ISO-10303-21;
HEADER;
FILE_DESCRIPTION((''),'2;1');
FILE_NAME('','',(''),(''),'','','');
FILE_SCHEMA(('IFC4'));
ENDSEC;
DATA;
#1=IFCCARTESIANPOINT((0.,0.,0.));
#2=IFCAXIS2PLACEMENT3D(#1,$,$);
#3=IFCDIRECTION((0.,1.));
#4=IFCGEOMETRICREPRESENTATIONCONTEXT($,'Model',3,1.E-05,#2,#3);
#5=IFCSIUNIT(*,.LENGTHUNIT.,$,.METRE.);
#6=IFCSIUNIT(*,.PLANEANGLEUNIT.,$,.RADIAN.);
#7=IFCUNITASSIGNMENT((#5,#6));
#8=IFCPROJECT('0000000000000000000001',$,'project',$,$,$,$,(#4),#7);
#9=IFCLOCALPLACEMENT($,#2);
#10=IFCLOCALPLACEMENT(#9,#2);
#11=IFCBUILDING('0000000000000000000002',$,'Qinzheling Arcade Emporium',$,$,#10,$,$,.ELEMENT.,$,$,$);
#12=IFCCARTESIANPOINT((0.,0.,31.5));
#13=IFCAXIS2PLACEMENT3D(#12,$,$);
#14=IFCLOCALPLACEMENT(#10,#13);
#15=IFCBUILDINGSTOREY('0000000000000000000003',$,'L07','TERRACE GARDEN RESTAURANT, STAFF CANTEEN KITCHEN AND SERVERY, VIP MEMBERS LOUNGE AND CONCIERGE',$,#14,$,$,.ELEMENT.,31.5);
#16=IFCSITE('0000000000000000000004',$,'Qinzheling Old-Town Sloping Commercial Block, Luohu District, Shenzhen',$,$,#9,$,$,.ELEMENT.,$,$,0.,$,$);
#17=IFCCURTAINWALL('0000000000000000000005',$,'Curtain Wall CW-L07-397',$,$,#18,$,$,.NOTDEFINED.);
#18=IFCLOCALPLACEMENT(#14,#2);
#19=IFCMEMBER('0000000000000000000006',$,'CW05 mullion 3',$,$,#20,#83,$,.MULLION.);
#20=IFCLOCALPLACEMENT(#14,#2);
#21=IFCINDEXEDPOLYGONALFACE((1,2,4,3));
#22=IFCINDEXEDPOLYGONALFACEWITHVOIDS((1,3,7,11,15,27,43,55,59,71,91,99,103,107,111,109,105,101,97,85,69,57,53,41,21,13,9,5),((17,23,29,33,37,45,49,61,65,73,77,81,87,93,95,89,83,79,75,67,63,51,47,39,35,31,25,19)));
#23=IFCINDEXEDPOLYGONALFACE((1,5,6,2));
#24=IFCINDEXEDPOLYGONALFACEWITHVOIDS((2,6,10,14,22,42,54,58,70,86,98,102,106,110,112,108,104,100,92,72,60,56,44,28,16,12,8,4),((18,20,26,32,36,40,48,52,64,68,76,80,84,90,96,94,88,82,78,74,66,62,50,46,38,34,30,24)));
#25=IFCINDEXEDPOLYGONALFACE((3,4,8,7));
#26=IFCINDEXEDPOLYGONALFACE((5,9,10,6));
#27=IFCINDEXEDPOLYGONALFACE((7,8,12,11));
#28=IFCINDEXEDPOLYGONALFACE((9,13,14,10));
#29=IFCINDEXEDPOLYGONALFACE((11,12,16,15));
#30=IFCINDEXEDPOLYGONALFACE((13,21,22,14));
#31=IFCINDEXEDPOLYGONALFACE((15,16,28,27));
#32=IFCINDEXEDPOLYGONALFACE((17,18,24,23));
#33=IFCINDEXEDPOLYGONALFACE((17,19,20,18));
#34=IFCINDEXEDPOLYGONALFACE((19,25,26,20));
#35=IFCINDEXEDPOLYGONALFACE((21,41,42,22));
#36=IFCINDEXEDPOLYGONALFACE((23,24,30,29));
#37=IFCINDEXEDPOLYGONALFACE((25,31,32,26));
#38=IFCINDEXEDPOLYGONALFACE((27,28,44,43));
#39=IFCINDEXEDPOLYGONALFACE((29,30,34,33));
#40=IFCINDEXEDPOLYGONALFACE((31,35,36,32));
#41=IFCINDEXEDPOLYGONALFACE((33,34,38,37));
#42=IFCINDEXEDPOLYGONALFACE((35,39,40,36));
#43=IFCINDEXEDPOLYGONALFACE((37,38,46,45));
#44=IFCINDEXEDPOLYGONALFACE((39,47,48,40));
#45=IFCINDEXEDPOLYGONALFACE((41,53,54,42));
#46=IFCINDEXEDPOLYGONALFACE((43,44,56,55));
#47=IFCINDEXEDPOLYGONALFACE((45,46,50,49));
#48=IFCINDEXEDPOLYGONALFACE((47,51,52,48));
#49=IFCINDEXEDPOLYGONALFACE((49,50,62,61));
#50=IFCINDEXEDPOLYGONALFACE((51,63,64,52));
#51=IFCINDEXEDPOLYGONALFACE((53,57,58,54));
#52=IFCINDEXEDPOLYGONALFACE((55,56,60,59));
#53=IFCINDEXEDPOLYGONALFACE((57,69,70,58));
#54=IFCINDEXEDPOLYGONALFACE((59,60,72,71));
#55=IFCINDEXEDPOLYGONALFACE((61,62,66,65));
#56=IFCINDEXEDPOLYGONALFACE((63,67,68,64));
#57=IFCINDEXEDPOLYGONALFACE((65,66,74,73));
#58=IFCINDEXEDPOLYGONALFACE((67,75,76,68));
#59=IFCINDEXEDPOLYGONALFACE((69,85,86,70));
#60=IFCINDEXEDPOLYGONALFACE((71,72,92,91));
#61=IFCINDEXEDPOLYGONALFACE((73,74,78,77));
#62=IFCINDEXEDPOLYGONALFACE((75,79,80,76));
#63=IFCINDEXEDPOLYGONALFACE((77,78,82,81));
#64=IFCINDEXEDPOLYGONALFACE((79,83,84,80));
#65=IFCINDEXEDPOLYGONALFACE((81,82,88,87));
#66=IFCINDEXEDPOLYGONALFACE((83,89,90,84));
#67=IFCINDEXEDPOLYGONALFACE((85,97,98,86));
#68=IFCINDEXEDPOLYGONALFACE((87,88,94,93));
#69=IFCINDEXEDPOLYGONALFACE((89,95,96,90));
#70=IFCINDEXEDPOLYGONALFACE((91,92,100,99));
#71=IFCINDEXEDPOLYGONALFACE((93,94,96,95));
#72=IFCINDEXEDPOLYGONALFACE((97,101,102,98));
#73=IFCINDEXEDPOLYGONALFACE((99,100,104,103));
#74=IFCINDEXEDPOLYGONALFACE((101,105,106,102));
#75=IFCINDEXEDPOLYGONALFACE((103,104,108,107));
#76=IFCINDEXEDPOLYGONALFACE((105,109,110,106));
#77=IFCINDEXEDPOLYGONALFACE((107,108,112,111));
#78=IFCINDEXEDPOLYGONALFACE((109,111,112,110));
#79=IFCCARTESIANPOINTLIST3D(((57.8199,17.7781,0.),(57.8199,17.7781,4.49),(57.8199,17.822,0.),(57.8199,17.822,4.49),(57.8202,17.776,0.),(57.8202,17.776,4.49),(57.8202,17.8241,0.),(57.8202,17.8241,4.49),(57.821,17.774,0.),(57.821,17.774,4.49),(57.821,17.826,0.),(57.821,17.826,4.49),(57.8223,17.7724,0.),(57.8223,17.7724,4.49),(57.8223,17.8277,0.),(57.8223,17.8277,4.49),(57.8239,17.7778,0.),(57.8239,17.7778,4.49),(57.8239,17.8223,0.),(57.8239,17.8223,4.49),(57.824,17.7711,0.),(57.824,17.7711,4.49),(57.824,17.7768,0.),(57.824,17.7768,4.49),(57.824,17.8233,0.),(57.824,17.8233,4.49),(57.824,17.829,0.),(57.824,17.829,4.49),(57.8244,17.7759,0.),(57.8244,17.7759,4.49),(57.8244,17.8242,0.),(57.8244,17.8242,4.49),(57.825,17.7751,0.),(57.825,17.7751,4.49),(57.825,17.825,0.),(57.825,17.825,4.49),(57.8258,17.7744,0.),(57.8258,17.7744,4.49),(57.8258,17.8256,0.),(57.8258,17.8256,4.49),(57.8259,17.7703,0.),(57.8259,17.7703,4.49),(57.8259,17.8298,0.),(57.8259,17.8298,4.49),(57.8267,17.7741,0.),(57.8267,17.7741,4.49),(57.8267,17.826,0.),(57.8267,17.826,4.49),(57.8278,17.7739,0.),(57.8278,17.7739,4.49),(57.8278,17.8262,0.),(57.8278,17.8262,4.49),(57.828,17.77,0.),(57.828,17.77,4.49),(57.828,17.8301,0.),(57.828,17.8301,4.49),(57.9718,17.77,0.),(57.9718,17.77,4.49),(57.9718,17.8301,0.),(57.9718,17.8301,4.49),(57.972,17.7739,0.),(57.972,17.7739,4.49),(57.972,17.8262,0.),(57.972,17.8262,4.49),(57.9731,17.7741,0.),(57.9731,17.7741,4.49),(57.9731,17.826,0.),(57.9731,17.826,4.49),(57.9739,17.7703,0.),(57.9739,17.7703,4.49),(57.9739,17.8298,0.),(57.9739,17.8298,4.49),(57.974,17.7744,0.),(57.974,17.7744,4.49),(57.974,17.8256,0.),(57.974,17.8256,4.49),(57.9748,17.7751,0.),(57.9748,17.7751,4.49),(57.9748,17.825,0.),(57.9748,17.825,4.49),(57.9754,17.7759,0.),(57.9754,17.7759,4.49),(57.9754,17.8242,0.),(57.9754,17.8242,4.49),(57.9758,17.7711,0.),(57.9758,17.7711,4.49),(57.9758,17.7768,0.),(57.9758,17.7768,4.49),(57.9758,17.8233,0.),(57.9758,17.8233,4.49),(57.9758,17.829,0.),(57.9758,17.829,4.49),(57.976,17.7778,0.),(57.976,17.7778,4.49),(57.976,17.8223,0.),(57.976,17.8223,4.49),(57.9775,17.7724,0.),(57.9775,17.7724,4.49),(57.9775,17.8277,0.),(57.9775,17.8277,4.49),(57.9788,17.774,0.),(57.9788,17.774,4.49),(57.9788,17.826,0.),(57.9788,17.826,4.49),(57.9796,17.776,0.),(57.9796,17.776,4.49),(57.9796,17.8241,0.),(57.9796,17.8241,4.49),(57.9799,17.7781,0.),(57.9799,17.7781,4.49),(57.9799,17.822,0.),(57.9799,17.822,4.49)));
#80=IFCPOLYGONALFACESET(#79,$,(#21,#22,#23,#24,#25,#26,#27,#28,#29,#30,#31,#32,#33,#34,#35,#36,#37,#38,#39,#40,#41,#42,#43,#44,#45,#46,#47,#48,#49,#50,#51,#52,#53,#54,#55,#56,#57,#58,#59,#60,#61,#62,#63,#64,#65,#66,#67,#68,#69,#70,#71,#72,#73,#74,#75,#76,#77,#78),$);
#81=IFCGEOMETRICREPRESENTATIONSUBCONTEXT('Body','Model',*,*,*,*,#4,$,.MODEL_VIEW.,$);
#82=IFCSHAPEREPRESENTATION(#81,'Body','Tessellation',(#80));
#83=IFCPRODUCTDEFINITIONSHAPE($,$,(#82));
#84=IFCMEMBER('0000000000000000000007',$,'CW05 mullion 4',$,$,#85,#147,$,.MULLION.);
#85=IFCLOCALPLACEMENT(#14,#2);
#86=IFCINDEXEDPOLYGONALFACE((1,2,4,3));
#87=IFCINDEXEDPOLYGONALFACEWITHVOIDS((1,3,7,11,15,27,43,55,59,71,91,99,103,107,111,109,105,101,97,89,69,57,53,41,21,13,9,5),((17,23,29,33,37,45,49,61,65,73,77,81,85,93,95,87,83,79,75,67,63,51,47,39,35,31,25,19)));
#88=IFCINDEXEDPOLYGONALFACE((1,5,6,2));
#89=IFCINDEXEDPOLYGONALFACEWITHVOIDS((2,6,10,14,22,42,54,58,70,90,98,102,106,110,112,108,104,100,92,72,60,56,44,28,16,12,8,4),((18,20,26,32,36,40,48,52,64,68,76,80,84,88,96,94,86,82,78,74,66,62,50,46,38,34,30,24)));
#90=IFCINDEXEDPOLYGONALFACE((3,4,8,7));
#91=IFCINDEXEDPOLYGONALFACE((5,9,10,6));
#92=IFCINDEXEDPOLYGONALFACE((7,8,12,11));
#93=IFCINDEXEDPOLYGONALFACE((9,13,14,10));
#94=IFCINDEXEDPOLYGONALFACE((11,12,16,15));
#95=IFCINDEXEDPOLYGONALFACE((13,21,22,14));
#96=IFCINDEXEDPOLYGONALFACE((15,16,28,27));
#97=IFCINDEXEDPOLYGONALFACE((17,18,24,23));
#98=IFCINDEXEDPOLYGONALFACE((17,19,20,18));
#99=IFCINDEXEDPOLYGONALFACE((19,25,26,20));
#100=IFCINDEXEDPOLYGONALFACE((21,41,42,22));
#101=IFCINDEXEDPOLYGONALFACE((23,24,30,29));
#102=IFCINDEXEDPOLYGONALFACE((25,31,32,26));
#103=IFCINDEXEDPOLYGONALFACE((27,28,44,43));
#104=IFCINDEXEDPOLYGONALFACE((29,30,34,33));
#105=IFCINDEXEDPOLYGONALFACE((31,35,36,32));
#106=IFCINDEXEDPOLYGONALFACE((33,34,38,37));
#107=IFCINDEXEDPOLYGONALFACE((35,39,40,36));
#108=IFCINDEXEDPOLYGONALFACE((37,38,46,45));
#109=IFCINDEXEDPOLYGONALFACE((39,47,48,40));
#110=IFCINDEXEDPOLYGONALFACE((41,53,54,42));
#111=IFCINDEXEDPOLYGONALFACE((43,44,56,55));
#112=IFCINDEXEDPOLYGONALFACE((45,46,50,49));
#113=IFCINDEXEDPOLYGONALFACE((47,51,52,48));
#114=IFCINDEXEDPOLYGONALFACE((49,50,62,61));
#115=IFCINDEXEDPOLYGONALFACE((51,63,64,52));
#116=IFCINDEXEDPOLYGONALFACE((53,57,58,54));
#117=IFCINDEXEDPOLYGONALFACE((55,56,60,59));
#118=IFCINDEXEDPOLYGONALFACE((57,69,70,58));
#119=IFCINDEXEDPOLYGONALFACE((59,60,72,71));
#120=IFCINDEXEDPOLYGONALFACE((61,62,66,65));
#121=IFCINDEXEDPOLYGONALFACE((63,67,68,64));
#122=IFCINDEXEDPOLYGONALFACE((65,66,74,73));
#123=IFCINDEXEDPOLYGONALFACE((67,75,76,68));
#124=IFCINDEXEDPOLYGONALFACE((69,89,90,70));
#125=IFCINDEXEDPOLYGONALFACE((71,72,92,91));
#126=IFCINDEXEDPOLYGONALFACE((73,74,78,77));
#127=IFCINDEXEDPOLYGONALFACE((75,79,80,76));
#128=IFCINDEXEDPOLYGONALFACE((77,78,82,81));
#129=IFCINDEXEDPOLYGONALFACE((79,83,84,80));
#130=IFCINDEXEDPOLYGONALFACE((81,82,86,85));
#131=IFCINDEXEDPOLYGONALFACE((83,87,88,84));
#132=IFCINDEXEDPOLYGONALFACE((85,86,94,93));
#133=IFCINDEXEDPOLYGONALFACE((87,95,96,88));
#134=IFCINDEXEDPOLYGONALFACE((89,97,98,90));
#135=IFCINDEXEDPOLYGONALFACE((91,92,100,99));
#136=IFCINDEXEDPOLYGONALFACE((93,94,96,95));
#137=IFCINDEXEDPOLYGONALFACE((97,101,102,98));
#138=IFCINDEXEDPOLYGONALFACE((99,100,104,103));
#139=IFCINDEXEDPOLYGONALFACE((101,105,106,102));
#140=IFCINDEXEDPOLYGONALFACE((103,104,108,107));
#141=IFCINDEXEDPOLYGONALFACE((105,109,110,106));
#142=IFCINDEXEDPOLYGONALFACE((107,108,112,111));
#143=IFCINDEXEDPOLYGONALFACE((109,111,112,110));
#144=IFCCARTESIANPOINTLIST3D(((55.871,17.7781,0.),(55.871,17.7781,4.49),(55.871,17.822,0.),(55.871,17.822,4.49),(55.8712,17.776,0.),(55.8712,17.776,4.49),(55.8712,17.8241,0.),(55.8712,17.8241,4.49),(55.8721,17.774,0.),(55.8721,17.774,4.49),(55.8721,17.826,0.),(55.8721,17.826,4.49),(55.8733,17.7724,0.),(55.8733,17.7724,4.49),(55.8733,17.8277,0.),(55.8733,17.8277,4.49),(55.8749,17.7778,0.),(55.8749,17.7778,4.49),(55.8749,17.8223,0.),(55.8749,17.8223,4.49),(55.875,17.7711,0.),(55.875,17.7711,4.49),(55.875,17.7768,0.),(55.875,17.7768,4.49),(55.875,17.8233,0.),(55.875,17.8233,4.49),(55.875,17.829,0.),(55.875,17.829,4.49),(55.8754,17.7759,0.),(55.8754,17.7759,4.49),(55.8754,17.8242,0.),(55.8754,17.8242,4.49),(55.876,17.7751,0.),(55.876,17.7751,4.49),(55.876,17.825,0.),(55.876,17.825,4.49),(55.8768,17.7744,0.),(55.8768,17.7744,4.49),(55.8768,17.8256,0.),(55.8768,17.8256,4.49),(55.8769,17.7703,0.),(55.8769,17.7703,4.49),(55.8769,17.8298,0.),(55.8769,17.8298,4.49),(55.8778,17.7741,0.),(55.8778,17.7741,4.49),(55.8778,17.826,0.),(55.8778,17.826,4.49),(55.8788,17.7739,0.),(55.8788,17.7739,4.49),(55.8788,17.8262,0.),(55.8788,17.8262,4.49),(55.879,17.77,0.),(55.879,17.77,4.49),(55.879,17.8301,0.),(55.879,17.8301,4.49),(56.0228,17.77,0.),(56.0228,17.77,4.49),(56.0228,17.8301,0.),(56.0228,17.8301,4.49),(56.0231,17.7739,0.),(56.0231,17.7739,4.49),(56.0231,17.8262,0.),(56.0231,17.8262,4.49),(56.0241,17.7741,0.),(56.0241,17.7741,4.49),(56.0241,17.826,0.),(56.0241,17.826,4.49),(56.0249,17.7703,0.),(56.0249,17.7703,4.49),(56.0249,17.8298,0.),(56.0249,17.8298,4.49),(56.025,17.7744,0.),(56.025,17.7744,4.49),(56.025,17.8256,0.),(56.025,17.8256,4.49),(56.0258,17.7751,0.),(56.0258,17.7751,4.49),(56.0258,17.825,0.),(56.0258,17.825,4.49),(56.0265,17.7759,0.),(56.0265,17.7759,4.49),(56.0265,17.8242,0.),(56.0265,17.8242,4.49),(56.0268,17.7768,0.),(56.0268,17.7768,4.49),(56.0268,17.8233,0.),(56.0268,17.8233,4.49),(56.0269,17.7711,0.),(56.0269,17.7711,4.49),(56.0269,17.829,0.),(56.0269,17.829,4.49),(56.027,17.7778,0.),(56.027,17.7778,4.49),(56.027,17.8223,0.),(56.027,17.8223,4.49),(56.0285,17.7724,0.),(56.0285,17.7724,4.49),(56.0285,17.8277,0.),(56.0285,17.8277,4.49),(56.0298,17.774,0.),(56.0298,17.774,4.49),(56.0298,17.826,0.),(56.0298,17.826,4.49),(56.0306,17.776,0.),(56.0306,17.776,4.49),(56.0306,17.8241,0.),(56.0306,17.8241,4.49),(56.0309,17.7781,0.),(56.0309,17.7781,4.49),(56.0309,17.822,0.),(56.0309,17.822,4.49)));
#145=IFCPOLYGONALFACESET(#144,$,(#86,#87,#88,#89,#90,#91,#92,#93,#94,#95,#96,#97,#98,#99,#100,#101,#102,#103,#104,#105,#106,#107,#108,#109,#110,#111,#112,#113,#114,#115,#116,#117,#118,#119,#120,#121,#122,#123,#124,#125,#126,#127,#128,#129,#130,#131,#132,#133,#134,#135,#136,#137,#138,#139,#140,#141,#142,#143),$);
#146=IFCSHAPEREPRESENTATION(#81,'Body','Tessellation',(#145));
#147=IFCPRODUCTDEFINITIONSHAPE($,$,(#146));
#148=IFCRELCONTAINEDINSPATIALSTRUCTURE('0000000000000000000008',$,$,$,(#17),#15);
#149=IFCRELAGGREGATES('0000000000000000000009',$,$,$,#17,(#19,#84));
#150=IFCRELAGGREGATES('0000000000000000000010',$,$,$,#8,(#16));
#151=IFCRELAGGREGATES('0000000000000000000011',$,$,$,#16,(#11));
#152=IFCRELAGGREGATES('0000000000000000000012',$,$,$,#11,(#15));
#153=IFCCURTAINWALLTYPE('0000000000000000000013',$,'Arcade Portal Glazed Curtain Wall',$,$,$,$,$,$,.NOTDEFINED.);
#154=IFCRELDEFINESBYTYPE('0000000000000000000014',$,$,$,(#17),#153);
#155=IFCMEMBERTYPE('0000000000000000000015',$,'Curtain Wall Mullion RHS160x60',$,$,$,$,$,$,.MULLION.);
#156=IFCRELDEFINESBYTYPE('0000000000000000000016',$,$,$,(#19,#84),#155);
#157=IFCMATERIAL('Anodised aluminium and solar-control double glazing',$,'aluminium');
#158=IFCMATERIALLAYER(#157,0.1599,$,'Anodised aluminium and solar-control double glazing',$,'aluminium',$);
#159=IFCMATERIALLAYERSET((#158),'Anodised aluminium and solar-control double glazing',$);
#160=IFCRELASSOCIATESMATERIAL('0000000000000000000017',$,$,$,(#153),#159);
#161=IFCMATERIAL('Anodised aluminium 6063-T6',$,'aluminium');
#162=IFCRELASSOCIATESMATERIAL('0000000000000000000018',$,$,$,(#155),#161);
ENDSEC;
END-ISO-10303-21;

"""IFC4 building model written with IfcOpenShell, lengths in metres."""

from ifc_helpers import new_model, si_unit, direction, frame, origin, origin_2d, place, context, subcontext, project, spatial, hollow_rectangle, extrude, material, layer, layer_set, material_profile, profile_set, type_object, element, aggregate, save


model = new_model("IFC4")

# Units and contexts
model_context = context("Model", 3, precision=1e-05, world=origin(), true_north=direction((0.0, 1.0)))
body_context = subcontext(model_context, "Body", "Model", "MODEL_VIEW")
ifc_project = project(units=[si_unit("LENGTHUNIT", "METRE"), si_unit("PLANEANGLEUNIT", "RADIAN")], contexts=[model_context])

# Site, building, storey
site_placement = place(None, origin())
site = spatial("IfcSite", under=ifc_project, at=site_placement, Name="Qinzheling Old-Town Sloping Commercial Block, Luohu District, Shenzhen", CompositionType="ELEMENT", RefElevation=0.0)
building_placement = place(site_placement, origin())
building = spatial("IfcBuilding", under=site, at=building_placement, Name="Qinzheling Arcade Emporium", CompositionType="ELEMENT")
storey_placement = place(building_placement, frame((0.0, 0.0, 31.5)))
storey = spatial("IfcBuildingStorey", under=building, at=storey_placement, Name="L07", Description="TERRACE GARDEN RESTAURANT, STAFF CANTEEN KITCHEN AND SERVERY, VIP MEMBERS LOUNGE AND CONCIERGE", CompositionType="ELEMENT", Elevation=31.5)

# Curtain wall, members
ifc_material_1 = material(Name="Anodised aluminium and solar-control double glazing", Category="aluminium")
ifc_layer_1 = layer(ifc_material_1, 0.1599, Name="Anodised aluminium and solar-control double glazing", Category="aluminium")
ifc_layer_set_1 = layer_set([ifc_layer_1], Name="Anodised aluminium and solar-control double glazing")
curtain_wall_type = type_object("IfcCurtainWallType", Name="Arcade Portal Glazed Curtain Wall", PredefinedType="NOTDEFINED", material=ifc_layer_set_1)
curtain_wall_1_placement = place(storey_placement, origin())
curtain_wall_1 = element("IfcCurtainWall", 1, at=curtain_wall_1_placement, inside=storey, type_object=curtain_wall_type, Name="Curtain Wall CW-L07-397", PredefinedType="NOTDEFINED")
ifc_material_2 = material(Name="Anodised aluminium 6063-T6", Category="aluminium")
ifc_material_profile_1 = material_profile(ifc_material_2, hollow_rectangle(XDim=0.0601, YDim=0.1599, WallThickness=0.0039, InnerFilletRadius=0.0039, OuterFilletRadius=0.0081, at=origin_2d()), Name="RHS 160x60x4", Category="aluminium")
ifc_profile_set_1 = profile_set([ifc_material_profile_1], Name="Anodised aluminium 6063-T6")
member_type_1 = type_object("IfcMemberType", Name="Curtain Wall Mullion RHS160x60", PredefinedType="MULLION", material=ifc_profile_set_1)
member_1_placement = place(storey_placement, frame((57.8999, 17.8, 0.0), z_axis=(0.0, 0.0, 1.0), x_axis=(0.0, -1.0, 0.0)))
member_1 = element("IfcMember", 2, at=member_1_placement, type_object=member_type_1, Name="CW05 mullion 3", PredefinedType="MULLION", context=body_context, shape_type="SweptSolid", body=[
    extrude(hollow_rectangle(XDim=0.0601, YDim=0.1599, WallThickness=0.0039, InnerFilletRadius=0.0039, OuterFilletRadius=0.0081, at=origin_2d()), origin(), (0.0, 0.0, 1.0), 4.49),
])
member_2_placement = place(storey_placement, frame((55.9509, 17.8, 0.0), z_axis=(0.0, 0.0, 1.0), x_axis=(0.0, -1.0, 0.0)))
member_2 = element("IfcMember", 3, at=member_2_placement, type_object=member_type_1, Name="CW05 mullion 4", PredefinedType="MULLION", context=body_context, shape_type="SweptSolid", body=[
    extrude(hollow_rectangle(XDim=0.0601, YDim=0.1599, WallThickness=0.0039, InnerFilletRadius=0.0039, OuterFilletRadius=0.0081, at=origin_2d()), origin(), (0.0, 0.0, 1.0), 4.49),
])

aggregate(curtain_wall_1, [member_1, member_2])

save(model, "model.ifc")
